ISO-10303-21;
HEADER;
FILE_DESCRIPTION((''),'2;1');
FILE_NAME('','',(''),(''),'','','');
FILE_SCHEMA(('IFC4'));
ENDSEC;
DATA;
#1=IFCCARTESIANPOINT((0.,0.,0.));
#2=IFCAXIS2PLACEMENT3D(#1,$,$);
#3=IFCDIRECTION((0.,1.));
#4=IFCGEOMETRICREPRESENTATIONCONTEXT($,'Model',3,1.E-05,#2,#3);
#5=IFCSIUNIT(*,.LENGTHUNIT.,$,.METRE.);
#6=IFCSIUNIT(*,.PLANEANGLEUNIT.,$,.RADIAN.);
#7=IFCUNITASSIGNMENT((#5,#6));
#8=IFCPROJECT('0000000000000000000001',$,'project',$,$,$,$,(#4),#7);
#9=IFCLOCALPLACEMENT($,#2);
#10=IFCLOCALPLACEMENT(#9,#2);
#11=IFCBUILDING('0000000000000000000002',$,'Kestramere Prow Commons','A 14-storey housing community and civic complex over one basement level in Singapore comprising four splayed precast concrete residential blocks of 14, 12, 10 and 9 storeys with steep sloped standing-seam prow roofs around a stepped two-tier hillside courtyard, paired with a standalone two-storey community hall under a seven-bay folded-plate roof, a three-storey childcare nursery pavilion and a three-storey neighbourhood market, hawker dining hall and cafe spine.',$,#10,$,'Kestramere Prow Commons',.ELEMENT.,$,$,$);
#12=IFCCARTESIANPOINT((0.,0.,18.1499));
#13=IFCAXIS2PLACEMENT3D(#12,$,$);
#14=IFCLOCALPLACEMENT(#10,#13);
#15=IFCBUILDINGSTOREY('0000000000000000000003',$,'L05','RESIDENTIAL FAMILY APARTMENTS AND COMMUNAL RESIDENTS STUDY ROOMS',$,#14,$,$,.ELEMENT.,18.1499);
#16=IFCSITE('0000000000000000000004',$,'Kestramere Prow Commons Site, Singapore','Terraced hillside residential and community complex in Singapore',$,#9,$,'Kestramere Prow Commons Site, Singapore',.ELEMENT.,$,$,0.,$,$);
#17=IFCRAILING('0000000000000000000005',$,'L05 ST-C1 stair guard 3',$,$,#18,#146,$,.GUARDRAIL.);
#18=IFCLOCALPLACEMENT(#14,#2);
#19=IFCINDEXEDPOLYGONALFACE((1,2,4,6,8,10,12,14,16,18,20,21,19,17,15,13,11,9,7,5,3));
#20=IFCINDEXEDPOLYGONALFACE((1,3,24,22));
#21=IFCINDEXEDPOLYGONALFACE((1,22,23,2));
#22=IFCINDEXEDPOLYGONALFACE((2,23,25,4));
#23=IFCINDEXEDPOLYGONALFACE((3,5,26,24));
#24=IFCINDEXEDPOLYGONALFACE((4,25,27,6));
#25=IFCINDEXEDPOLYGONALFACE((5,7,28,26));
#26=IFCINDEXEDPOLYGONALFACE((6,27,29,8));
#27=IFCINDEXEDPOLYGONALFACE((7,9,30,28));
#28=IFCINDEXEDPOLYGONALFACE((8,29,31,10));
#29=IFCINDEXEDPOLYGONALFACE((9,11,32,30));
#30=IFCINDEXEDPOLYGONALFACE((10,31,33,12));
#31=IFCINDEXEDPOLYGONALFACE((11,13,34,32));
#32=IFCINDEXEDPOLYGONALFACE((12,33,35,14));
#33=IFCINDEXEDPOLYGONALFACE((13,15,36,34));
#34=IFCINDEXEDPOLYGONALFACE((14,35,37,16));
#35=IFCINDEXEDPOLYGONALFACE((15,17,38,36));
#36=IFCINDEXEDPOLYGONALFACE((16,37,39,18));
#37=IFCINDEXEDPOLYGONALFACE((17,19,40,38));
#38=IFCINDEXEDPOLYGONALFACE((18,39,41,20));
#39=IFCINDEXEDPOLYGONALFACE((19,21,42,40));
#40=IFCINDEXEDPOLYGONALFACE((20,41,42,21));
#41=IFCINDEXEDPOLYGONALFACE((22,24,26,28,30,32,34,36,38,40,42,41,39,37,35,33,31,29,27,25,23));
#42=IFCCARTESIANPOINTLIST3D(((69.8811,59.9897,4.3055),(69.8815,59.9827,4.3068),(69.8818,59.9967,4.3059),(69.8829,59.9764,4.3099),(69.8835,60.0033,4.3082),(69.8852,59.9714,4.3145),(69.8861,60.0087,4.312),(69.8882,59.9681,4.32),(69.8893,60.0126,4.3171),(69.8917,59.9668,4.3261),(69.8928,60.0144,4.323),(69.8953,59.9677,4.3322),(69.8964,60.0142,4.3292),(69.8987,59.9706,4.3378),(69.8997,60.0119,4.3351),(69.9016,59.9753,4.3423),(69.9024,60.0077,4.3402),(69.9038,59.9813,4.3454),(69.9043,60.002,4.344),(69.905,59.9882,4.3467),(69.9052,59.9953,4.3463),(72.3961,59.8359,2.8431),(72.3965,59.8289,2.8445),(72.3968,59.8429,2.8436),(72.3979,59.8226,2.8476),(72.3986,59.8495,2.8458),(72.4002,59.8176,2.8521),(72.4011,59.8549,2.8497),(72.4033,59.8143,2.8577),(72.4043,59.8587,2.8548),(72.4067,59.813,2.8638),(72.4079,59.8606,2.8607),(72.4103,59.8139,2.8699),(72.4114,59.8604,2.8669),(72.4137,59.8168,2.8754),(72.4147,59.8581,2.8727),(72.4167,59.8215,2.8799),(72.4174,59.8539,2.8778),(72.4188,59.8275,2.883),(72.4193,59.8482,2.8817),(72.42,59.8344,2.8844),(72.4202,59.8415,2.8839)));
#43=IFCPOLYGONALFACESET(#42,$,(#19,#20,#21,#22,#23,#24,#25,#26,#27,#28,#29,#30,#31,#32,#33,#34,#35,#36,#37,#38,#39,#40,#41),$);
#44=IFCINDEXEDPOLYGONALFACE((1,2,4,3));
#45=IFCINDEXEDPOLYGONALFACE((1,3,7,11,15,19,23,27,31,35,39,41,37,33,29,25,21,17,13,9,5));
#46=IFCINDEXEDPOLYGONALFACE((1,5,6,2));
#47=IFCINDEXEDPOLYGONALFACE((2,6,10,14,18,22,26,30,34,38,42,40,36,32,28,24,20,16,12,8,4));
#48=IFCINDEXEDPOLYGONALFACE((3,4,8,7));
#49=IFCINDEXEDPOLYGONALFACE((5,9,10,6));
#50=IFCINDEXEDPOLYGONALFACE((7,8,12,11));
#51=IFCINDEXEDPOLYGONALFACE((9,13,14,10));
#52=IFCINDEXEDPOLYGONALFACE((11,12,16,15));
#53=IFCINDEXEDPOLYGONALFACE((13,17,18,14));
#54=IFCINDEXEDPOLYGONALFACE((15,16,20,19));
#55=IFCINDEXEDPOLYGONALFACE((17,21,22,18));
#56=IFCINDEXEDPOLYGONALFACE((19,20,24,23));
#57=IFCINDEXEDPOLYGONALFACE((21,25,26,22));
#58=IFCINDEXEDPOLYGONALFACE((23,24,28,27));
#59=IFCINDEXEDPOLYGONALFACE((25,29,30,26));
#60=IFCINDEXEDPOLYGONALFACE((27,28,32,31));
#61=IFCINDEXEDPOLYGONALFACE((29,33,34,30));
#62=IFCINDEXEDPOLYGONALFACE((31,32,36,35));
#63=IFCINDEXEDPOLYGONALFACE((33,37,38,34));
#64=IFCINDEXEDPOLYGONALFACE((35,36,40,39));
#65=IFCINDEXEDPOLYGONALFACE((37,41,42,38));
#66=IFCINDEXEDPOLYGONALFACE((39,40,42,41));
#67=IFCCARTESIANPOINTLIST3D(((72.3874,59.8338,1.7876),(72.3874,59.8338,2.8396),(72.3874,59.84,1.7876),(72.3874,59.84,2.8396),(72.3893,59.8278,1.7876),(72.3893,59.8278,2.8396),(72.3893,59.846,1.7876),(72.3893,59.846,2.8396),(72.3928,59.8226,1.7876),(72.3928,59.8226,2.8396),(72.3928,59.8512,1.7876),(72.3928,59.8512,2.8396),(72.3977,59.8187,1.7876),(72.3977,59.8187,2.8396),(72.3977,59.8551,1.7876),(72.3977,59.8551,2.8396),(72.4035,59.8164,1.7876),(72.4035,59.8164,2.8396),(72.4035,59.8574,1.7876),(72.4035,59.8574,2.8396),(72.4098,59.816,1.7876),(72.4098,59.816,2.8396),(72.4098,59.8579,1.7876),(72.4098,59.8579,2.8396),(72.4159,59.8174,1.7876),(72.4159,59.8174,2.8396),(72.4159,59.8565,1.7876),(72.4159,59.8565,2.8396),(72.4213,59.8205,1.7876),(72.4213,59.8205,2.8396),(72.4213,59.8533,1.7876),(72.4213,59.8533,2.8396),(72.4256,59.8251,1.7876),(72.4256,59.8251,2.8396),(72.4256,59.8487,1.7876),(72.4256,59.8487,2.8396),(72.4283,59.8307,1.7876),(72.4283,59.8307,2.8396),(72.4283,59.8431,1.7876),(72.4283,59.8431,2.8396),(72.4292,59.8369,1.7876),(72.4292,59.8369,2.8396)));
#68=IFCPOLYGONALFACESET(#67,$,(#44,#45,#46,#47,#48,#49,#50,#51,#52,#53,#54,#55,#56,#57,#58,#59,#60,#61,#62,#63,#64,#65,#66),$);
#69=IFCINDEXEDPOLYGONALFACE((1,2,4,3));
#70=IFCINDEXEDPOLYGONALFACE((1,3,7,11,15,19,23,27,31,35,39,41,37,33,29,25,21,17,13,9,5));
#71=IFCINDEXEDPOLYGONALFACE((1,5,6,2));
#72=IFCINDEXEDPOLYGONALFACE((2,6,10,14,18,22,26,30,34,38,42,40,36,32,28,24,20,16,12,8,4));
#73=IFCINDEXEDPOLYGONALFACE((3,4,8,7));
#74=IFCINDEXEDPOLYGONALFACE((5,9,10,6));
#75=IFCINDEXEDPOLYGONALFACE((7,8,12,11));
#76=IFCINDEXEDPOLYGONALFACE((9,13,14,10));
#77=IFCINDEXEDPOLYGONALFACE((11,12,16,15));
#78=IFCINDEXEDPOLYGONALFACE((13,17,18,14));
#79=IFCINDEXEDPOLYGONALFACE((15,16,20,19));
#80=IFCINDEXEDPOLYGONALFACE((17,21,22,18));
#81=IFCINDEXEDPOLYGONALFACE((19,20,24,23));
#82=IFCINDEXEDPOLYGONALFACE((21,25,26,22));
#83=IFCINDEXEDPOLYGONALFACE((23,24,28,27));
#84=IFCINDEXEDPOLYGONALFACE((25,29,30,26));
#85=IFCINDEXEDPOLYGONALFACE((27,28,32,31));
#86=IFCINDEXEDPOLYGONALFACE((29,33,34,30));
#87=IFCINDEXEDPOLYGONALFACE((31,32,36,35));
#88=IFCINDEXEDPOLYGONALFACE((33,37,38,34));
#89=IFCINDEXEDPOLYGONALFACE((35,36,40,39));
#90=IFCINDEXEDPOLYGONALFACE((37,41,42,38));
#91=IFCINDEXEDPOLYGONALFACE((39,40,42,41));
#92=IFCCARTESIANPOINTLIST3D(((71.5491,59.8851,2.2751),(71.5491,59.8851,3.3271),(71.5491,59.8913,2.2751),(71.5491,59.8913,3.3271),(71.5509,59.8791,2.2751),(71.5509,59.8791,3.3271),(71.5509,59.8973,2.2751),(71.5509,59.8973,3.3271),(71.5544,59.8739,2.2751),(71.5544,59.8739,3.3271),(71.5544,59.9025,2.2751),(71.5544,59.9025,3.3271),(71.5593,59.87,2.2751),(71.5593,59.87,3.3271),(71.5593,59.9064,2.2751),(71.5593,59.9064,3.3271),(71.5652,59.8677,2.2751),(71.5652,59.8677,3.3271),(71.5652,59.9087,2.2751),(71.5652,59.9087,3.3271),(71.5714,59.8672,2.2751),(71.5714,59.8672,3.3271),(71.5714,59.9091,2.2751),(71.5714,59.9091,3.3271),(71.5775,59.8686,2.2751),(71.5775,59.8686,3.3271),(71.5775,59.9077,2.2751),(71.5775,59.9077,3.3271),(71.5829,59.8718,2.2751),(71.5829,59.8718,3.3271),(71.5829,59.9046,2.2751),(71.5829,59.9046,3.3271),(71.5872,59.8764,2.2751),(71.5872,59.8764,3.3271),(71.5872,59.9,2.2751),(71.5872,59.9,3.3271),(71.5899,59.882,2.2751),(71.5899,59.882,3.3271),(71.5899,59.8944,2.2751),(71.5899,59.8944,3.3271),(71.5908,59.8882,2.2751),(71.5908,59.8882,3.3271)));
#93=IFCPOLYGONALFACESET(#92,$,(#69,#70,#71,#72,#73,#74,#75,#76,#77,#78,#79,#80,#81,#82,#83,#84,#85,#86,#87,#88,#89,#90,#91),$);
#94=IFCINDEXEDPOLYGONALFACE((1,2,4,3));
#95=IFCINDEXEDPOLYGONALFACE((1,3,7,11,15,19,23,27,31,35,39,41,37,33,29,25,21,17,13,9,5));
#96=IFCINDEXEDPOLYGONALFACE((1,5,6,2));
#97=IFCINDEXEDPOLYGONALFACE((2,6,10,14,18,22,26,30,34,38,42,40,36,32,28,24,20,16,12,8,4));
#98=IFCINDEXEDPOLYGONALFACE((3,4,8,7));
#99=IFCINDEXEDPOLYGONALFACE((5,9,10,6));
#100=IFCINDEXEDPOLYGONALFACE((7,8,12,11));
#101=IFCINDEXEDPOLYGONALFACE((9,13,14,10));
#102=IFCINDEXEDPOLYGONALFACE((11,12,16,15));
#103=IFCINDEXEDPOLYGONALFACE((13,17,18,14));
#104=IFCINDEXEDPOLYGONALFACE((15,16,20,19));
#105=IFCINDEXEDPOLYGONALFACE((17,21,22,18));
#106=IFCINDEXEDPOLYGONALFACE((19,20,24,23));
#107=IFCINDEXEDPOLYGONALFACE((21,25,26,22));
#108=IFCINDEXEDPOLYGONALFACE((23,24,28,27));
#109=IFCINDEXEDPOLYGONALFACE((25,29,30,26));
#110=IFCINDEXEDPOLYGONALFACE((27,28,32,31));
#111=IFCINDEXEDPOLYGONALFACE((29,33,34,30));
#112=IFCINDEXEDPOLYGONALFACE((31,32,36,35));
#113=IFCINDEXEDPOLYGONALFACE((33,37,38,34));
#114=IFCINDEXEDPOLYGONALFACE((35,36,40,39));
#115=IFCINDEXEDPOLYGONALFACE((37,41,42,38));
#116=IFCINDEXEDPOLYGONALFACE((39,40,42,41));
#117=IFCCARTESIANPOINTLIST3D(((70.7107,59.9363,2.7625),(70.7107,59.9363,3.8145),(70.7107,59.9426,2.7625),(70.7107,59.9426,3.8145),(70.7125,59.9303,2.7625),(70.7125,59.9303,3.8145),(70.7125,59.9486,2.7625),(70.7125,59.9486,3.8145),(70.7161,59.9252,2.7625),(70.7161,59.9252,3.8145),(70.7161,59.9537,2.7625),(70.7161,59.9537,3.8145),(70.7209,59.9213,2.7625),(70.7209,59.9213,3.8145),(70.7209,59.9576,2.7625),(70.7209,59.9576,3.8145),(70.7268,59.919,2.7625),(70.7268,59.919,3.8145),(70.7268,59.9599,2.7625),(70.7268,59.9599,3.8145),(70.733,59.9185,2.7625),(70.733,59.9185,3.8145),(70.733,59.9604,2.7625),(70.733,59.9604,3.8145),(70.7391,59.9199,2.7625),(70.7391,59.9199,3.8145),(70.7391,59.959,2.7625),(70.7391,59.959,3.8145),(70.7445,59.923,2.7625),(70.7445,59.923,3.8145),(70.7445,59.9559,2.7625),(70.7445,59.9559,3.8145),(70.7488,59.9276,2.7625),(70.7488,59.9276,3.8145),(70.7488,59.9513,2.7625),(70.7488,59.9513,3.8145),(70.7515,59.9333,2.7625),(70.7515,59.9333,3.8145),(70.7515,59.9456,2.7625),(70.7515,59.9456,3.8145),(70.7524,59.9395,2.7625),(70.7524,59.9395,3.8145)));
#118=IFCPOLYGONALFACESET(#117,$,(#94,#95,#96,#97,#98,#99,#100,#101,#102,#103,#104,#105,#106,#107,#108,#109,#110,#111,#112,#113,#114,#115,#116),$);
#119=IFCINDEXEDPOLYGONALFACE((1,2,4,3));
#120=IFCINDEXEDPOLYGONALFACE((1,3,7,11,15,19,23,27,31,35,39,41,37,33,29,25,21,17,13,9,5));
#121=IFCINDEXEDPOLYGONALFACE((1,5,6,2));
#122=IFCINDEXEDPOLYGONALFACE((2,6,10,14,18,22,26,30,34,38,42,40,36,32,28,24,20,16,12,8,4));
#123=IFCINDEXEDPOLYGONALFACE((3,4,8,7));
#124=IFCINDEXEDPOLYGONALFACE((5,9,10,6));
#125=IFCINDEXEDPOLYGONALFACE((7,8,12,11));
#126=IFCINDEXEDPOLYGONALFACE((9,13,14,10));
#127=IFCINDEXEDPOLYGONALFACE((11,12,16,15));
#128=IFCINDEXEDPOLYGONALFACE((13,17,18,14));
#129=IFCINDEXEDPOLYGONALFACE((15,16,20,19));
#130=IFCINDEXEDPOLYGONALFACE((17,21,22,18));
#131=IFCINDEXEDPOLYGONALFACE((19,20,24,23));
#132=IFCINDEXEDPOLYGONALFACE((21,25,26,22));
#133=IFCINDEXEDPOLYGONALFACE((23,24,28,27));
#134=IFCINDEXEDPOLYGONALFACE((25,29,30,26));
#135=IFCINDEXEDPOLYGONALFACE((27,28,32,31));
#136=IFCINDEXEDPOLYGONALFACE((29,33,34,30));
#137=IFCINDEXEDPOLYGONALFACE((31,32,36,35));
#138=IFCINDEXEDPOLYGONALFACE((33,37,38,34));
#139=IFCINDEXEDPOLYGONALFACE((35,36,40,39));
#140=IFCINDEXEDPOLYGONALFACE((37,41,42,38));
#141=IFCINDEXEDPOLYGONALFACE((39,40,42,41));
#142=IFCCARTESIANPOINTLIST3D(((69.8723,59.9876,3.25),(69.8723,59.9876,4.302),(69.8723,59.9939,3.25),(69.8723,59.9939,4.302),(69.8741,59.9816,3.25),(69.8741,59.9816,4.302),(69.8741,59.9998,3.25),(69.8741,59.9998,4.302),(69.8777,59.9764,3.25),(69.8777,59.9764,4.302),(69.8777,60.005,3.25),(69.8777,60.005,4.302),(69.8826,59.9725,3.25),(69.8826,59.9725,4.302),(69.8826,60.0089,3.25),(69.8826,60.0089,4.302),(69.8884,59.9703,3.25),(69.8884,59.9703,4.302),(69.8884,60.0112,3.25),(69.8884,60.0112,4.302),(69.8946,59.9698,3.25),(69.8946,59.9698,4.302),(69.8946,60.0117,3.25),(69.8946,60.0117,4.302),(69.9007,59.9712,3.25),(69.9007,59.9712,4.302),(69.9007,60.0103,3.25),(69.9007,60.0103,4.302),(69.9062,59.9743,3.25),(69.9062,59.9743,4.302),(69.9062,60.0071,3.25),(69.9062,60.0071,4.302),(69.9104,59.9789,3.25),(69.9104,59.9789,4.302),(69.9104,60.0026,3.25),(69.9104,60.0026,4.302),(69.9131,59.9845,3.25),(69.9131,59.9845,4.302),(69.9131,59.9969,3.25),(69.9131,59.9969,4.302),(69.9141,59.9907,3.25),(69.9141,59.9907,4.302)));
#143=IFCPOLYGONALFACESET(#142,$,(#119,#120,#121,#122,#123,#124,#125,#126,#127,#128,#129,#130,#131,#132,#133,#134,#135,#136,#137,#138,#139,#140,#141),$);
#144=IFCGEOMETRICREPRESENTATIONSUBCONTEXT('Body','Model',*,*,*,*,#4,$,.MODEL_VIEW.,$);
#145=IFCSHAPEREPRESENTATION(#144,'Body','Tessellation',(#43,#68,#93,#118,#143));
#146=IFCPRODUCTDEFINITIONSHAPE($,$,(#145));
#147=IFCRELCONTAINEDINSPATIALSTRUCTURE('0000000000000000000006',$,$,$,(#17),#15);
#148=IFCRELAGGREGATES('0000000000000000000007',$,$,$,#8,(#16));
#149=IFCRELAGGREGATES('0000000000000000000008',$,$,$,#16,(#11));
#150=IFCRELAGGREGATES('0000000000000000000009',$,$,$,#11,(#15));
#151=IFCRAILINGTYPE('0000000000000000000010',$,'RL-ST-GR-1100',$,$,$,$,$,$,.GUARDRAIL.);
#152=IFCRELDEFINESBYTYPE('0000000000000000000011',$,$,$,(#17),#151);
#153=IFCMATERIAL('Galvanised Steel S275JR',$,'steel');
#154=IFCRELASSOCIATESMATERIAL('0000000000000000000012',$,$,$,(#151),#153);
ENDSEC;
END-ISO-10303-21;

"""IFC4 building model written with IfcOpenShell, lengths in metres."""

from ifc_helpers import new_model, si_unit, direction, frame, origin, origin_2d, place, context, subcontext, project, spatial, circle, extrude, material, type_object, element, save


model = new_model("IFC4")

# Units and contexts
model_context = context("Model", 3, precision=1e-05, world=origin(), true_north=direction((0.0, 1.0)))
body_context = subcontext(model_context, "Body", "Model", "MODEL_VIEW")
ifc_project = project(units=[si_unit("LENGTHUNIT", "METRE"), si_unit("PLANEANGLEUNIT", "RADIAN")], contexts=[model_context])

# Site, building, storey
site_placement = place(None, origin())
site = spatial("IfcSite", under=ifc_project, at=site_placement, Name="Kestramere Prow Commons Site, Singapore", Description="Terraced hillside residential and community complex in Singapore", LongName="Kestramere Prow Commons Site, Singapore", CompositionType="ELEMENT", RefElevation=0.0)
building_placement = place(site_placement, origin())
building = spatial("IfcBuilding", under=site, at=building_placement, Name="Kestramere Prow Commons", Description="A 14-storey housing community and civic complex over one basement level in Singapore comprising four splayed precast concrete residential blocks of 14, 12, 10 and 9 storeys with steep sloped standing-seam prow roofs around a stepped two-tier hillside courtyard, paired with a standalone two-storey community hall under a seven-bay folded-plate roof, a three-storey childcare nursery pavilion and a three-storey neighbourhood market, hawker dining hall and cafe spine.", LongName="Kestramere Prow Commons", CompositionType="ELEMENT")
storey_placement = place(building_placement, frame((0.0, 0.0, 18.1499)))
storey = spatial("IfcBuildingStorey", under=building, at=storey_placement, Name="L05", Description="RESIDENTIAL FAMILY APARTMENTS AND COMMUNAL RESIDENTS STUDY ROOMS", CompositionType="ELEMENT", Elevation=18.1499)

# Railing
ifc_material_1 = material(Name="Galvanised Steel S275JR", Category="steel")
railing_type_1 = type_object("IfcRailingType", Name="RL-ST-GR-1100", PredefinedType="GUARDRAIL", material=ifc_material_1)
railing_1_placement = place(storey_placement, frame((72.4082, 59.8369, 1.7876)))
element("IfcRailing", 1, at=railing_1_placement, inside=storey, type_object=railing_type_1, Name="L05 ST-C1 stair guard 3", PredefinedType="GUARDRAIL", context=body_context, shape_type="SweptSolid", body=[
    extrude(circle(Radius=0.0239, at=origin_2d()), frame((0.0, 0.0, 1.0762), z_axis=(-0.863285, 0.052793, 0.501949), x_axis=(-0.061039, -0.998135, 0.0)), (0.0, 0.0, 1.0), 2.9133),
    extrude(circle(Radius=0.021, at=origin_2d()), origin(), (0.0, 0.0, 1.0), 1.052),
    extrude(circle(Radius=0.021, at=origin_2d()), frame((-0.8384, 0.0513, 0.4875)), (0.0, 0.0, 1.0), 1.052),
    extrude(circle(Radius=0.021, at=origin_2d()), frame((-1.6768, 0.1025, 0.9749)), (0.0, 0.0, 1.0), 1.052),
    extrude(circle(Radius=0.021, at=origin_2d()), frame((-2.5151, 0.1538, 1.4624)), (0.0, 0.0, 1.0), 1.052),
])

save(model, "model.ifc")
